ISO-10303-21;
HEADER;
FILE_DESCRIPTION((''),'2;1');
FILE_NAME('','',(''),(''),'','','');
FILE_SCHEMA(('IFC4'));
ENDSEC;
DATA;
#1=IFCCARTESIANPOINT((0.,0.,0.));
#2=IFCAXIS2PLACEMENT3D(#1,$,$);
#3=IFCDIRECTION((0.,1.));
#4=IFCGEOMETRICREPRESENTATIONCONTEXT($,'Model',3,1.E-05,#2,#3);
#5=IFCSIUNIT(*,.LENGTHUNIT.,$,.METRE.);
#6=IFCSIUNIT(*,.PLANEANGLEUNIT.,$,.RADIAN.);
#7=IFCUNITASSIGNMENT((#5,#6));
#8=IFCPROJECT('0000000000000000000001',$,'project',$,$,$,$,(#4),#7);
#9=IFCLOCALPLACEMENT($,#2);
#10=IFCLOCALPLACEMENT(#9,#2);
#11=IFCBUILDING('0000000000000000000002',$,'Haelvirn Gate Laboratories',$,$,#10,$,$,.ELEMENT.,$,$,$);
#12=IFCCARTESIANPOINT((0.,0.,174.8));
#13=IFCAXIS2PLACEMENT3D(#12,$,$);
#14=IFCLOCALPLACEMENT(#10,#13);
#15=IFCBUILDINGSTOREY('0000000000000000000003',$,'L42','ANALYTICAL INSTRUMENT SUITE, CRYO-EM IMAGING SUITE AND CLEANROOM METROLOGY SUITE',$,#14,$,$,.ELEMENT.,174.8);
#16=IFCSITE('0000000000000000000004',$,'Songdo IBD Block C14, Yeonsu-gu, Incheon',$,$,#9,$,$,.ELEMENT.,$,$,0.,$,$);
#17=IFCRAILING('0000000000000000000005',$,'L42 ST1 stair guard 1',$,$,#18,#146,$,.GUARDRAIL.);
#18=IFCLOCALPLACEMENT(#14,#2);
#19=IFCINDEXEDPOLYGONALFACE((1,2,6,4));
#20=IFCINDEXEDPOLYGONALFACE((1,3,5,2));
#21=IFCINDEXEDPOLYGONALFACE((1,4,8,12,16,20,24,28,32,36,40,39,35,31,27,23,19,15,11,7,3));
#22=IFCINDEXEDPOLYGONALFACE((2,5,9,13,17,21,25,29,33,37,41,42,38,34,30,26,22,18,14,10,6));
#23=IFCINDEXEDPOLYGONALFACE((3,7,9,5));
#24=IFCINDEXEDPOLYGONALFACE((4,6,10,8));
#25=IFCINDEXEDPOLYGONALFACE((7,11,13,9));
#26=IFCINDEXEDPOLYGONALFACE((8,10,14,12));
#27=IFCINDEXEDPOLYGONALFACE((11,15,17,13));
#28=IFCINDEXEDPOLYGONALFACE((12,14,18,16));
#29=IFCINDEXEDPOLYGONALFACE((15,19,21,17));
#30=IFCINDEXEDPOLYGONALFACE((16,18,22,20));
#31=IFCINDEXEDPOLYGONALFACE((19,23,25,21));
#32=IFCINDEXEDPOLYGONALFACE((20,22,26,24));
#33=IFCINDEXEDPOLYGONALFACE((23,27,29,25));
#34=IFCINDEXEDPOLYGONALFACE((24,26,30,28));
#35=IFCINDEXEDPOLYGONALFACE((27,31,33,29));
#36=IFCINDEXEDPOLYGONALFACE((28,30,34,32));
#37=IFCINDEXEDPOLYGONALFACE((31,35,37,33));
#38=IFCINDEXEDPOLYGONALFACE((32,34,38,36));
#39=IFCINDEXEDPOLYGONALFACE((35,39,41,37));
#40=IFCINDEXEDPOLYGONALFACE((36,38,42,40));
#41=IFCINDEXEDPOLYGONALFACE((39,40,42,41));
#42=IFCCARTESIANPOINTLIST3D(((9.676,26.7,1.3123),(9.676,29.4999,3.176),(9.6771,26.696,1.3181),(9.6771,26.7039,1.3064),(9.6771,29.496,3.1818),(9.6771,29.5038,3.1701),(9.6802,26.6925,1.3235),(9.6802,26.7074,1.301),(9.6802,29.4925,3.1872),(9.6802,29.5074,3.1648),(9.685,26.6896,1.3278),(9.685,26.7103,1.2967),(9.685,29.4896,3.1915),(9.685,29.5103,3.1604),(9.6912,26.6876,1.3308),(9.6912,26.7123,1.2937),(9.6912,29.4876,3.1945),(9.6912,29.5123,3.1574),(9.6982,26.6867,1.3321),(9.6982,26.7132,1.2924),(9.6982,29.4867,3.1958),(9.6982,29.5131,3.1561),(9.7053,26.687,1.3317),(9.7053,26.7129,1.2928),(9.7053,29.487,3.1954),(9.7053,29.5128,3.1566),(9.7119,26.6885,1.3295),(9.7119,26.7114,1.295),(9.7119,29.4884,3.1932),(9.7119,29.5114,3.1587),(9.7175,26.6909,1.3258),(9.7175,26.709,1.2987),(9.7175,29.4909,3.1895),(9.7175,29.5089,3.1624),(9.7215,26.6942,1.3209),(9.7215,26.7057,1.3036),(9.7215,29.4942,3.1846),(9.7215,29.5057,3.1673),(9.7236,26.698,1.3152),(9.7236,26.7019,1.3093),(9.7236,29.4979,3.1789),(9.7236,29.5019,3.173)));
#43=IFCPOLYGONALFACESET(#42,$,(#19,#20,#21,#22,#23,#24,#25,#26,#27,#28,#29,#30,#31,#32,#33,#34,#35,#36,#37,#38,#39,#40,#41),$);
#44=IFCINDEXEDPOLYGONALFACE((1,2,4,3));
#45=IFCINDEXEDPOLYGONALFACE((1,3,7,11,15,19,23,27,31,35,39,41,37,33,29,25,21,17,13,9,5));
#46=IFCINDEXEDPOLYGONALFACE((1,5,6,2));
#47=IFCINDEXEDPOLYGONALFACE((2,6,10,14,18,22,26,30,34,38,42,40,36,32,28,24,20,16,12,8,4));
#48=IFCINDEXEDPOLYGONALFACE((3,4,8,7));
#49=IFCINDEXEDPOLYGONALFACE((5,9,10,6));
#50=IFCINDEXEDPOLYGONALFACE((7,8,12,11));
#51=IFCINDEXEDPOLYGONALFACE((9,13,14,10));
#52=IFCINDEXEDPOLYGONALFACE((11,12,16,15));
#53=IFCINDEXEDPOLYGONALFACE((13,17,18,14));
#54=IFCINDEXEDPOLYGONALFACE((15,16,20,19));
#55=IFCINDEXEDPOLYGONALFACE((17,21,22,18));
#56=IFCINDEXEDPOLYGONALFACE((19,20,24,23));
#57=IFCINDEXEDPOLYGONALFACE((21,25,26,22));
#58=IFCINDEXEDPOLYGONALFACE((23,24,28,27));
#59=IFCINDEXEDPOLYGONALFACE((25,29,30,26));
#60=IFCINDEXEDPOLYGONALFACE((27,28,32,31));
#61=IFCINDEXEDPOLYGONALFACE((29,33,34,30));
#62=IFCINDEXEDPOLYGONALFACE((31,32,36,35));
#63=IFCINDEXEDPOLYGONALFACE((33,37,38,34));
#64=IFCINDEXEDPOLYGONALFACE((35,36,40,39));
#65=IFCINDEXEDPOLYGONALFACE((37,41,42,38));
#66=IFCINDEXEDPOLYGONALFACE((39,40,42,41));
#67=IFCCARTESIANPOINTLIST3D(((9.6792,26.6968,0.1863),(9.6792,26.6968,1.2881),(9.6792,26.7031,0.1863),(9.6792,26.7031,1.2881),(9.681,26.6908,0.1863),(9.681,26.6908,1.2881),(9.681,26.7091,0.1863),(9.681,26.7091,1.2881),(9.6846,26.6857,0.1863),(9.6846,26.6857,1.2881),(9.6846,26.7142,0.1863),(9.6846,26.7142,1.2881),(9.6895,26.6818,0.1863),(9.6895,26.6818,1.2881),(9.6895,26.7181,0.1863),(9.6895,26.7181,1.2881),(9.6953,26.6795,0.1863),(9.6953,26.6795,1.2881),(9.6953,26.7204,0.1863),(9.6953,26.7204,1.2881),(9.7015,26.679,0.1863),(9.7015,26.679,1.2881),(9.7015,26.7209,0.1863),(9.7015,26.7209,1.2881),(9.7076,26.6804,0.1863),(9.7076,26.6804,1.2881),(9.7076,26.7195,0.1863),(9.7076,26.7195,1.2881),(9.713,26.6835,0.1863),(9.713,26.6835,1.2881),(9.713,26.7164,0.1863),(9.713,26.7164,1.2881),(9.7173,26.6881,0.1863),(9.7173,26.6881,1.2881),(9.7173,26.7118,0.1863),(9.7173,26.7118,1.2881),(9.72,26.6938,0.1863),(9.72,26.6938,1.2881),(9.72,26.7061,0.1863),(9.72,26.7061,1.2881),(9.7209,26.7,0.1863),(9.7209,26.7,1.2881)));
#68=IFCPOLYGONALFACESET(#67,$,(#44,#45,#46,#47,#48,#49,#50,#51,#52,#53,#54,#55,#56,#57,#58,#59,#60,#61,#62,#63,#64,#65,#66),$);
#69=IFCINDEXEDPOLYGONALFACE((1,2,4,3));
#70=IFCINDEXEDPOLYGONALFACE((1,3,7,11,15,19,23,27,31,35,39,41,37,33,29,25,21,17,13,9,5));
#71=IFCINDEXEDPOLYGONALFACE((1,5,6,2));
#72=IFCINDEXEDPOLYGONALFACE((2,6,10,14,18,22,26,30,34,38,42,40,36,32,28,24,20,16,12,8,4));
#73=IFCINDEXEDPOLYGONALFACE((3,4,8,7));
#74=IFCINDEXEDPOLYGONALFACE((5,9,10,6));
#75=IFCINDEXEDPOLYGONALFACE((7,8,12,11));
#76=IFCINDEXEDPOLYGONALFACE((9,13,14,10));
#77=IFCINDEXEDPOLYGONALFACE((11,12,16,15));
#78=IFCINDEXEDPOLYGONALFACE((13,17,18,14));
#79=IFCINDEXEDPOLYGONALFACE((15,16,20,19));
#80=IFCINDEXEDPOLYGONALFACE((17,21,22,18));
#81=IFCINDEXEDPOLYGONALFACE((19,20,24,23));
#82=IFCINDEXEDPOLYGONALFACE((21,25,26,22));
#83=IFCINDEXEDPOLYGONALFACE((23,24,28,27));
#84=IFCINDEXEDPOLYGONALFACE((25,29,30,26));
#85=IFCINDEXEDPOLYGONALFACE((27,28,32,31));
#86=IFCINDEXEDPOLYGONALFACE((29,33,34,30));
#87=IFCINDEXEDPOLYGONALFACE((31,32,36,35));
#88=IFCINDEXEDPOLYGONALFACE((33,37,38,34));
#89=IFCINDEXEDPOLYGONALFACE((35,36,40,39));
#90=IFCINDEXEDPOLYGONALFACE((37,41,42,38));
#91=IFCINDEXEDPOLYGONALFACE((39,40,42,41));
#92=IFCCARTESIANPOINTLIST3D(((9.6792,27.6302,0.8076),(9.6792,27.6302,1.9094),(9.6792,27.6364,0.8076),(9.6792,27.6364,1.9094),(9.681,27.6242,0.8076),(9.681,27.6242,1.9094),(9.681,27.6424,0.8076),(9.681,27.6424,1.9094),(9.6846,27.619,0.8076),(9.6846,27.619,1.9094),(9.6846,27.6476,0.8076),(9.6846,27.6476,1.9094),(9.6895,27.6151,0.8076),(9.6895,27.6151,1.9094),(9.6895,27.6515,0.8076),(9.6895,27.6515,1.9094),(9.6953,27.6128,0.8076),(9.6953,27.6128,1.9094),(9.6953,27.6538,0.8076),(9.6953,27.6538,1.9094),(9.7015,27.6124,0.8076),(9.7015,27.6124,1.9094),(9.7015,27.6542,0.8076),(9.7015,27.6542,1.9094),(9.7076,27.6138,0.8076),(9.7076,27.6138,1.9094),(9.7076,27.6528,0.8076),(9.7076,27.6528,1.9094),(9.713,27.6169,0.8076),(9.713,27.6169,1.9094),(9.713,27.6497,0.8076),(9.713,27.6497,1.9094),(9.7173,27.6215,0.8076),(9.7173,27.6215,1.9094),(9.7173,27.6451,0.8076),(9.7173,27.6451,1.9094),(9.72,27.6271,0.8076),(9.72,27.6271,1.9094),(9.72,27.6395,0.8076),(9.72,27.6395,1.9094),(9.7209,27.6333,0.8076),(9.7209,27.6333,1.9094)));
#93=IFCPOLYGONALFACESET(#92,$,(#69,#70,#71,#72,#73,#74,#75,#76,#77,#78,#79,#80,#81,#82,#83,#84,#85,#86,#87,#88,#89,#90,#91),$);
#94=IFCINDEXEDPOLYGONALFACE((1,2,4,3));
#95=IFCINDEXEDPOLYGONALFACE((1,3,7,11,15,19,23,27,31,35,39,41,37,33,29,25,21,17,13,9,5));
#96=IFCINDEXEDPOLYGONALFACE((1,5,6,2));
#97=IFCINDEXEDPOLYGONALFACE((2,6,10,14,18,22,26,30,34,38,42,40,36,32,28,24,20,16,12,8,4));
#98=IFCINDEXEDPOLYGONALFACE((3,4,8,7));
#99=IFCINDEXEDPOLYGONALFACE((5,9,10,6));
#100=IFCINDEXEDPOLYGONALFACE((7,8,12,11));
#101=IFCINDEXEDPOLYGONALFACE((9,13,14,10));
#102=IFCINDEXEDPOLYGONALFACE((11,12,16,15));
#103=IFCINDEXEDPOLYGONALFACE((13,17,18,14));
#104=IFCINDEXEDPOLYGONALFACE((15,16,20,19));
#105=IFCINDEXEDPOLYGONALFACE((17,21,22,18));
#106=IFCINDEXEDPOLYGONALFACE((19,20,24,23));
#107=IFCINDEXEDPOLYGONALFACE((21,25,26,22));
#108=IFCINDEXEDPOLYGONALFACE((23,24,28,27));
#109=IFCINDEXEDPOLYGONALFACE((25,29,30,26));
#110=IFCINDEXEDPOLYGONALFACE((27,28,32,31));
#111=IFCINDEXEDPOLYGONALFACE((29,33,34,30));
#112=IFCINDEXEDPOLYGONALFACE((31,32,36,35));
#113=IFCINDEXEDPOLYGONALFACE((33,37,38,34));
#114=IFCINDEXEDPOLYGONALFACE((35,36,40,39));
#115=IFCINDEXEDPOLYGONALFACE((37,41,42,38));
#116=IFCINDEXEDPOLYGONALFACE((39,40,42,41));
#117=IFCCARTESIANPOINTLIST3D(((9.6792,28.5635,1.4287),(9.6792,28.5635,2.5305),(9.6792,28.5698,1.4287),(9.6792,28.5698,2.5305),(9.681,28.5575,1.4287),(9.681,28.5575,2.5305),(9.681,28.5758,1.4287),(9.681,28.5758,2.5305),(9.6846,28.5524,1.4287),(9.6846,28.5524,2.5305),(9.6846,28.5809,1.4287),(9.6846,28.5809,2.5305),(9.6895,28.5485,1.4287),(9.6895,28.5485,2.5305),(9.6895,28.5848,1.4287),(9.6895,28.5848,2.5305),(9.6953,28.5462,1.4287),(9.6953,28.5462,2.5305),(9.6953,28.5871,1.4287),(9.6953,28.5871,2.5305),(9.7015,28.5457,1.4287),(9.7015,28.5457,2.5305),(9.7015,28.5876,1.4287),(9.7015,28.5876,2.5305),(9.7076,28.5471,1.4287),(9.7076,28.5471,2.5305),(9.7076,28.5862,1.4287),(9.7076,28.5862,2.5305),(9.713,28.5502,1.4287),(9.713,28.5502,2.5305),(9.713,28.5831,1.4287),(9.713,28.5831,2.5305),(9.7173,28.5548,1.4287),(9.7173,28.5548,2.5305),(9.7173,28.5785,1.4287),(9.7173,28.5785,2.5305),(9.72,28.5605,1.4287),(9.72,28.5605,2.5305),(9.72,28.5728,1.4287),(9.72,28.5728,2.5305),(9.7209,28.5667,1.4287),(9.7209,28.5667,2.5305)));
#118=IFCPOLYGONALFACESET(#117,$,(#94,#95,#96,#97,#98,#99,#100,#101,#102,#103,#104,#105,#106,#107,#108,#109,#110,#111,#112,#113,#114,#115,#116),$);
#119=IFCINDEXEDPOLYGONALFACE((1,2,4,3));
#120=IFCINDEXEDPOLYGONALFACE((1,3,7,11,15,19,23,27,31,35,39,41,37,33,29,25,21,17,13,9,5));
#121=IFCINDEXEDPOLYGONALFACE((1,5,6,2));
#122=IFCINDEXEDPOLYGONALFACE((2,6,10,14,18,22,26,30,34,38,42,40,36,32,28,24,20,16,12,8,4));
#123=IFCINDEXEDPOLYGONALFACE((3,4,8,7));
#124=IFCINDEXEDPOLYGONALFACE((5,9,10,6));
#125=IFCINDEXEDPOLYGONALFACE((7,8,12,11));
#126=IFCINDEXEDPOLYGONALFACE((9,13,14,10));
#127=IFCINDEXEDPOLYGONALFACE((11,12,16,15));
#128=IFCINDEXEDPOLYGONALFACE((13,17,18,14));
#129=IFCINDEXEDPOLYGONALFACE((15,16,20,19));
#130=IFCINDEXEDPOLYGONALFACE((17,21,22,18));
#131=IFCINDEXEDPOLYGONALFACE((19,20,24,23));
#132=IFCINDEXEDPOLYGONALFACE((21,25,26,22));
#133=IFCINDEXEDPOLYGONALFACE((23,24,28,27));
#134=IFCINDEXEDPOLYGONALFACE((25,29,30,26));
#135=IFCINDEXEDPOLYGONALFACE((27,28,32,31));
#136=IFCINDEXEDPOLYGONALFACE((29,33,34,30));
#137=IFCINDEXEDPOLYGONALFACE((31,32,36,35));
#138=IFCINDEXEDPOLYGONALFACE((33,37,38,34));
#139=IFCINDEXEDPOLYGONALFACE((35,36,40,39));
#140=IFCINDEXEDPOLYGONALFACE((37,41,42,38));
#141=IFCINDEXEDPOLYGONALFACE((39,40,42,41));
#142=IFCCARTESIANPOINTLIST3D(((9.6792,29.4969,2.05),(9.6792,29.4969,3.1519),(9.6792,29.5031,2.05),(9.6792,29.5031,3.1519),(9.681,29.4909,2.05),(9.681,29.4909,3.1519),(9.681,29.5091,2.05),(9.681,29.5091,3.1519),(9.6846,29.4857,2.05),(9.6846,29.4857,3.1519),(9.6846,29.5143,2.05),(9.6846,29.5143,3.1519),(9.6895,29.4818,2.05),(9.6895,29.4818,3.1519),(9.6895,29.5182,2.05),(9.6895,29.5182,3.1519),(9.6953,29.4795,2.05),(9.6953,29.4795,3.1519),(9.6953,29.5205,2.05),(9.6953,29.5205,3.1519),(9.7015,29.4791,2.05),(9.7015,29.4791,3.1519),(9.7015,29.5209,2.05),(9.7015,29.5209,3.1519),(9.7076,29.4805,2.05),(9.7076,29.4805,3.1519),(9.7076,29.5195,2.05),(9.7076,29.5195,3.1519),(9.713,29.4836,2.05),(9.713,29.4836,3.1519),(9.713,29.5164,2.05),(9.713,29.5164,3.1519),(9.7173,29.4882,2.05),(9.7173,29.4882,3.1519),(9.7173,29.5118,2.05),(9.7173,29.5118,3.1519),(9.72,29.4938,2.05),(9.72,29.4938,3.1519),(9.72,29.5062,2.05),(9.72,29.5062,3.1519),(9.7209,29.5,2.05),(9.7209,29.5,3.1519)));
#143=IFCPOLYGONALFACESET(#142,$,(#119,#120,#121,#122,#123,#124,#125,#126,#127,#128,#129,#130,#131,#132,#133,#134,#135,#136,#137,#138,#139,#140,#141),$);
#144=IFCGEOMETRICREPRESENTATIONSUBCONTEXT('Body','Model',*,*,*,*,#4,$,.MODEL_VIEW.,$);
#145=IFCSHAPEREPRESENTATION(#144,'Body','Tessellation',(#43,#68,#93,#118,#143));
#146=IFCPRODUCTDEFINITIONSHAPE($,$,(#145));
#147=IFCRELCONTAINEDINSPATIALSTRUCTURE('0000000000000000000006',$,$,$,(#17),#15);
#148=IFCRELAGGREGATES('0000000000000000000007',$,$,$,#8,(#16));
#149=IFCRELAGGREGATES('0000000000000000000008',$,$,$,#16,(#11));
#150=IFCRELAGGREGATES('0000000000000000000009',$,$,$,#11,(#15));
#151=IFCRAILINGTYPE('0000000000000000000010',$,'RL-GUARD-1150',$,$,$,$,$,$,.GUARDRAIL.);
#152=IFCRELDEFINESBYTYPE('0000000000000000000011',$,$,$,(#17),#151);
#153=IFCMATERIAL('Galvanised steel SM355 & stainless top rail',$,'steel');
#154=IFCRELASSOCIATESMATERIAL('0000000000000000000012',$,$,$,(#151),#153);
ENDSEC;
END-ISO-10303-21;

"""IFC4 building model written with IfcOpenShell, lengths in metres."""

from ifc_helpers import new_model, si_unit, direction, frame, origin, origin_2d, place, context, subcontext, project, spatial, circle, extrude, source, transform, mapped, material, type_object, element, save


model = new_model("IFC4")

# Units and contexts
model_context = context("Model", 3, precision=1e-05, world=origin(), true_north=direction((0.0, 1.0)))
body_context = subcontext(model_context, "Body", "Model", "MODEL_VIEW")
ifc_project = project(units=[si_unit("LENGTHUNIT", "METRE"), si_unit("PLANEANGLEUNIT", "RADIAN")], contexts=[model_context])

# Site, building, storey
site_placement = place(None, origin())
site = spatial("IfcSite", under=ifc_project, at=site_placement, Name="Songdo IBD Block C14, Yeonsu-gu, Incheon", CompositionType="ELEMENT", RefElevation=0.0)
building_placement = place(site_placement, origin())
building = spatial("IfcBuilding", under=site, at=building_placement, Name="Haelvirn Gate Laboratories", CompositionType="ELEMENT")
storey_placement = place(building_placement, frame((0.0, 0.0, 174.8)))
storey = spatial("IfcBuildingStorey", under=building, at=storey_placement, Name="L42", Description="ANALYTICAL INSTRUMENT SUITE, CRYO-EM IMAGING SUITE AND CLEANROOM METROLOGY SUITE", CompositionType="ELEMENT", Elevation=174.8)

# Railing
ifc_material_1 = material(Name="Galvanised steel SM355 & stainless top rail", Category="steel")
railing_type_1 = type_object("IfcRailingType", Name="RL-GUARD-1150", PredefinedType="GUARDRAIL", material=ifc_material_1)
shared_shape_1 = source(origin(), body_context, "Body", "SweptSolid", [
    extrude(circle(Radius=0.0239, at=origin_2d()), frame((0.0, 0.0, 1.126), z_axis=(0.0, 0.832452, 0.554097), x_axis=(-1.0, 0.0, 0.0)), (0.0, 0.0, 1.0), 3.3635),
    extrude(circle(Radius=0.021, at=origin_2d()), origin(), (0.0, 0.0, 1.0), 1.1018),
    extrude(circle(Radius=0.021, at=origin_2d()), frame((0.0, 0.9333, 0.6213)), (0.0, 0.0, 1.0), 1.1018),
    extrude(circle(Radius=0.021, at=origin_2d()), frame((0.0, 1.8667, 1.2424)), (0.0, 0.0, 1.0), 1.1018),
    extrude(circle(Radius=0.021, at=origin_2d()), frame((0.0, 2.8, 1.8638)), (0.0, 0.0, 1.0), 1.1018),
])
railing_1_placement = place(storey_placement, frame((9.7, 26.7, 0.1863)))
element("IfcRailing", 1, at=railing_1_placement, inside=storey, type_object=railing_type_1, Name="L42 ST1 stair guard 1", PredefinedType="GUARDRAIL", context=body_context, shape_type="MappedRepresentation", body=[
    mapped(shared_shape_1, transform((0.0, 0.0, 0.0), scale=1.0)),
])

save(model, "model.ifc")
